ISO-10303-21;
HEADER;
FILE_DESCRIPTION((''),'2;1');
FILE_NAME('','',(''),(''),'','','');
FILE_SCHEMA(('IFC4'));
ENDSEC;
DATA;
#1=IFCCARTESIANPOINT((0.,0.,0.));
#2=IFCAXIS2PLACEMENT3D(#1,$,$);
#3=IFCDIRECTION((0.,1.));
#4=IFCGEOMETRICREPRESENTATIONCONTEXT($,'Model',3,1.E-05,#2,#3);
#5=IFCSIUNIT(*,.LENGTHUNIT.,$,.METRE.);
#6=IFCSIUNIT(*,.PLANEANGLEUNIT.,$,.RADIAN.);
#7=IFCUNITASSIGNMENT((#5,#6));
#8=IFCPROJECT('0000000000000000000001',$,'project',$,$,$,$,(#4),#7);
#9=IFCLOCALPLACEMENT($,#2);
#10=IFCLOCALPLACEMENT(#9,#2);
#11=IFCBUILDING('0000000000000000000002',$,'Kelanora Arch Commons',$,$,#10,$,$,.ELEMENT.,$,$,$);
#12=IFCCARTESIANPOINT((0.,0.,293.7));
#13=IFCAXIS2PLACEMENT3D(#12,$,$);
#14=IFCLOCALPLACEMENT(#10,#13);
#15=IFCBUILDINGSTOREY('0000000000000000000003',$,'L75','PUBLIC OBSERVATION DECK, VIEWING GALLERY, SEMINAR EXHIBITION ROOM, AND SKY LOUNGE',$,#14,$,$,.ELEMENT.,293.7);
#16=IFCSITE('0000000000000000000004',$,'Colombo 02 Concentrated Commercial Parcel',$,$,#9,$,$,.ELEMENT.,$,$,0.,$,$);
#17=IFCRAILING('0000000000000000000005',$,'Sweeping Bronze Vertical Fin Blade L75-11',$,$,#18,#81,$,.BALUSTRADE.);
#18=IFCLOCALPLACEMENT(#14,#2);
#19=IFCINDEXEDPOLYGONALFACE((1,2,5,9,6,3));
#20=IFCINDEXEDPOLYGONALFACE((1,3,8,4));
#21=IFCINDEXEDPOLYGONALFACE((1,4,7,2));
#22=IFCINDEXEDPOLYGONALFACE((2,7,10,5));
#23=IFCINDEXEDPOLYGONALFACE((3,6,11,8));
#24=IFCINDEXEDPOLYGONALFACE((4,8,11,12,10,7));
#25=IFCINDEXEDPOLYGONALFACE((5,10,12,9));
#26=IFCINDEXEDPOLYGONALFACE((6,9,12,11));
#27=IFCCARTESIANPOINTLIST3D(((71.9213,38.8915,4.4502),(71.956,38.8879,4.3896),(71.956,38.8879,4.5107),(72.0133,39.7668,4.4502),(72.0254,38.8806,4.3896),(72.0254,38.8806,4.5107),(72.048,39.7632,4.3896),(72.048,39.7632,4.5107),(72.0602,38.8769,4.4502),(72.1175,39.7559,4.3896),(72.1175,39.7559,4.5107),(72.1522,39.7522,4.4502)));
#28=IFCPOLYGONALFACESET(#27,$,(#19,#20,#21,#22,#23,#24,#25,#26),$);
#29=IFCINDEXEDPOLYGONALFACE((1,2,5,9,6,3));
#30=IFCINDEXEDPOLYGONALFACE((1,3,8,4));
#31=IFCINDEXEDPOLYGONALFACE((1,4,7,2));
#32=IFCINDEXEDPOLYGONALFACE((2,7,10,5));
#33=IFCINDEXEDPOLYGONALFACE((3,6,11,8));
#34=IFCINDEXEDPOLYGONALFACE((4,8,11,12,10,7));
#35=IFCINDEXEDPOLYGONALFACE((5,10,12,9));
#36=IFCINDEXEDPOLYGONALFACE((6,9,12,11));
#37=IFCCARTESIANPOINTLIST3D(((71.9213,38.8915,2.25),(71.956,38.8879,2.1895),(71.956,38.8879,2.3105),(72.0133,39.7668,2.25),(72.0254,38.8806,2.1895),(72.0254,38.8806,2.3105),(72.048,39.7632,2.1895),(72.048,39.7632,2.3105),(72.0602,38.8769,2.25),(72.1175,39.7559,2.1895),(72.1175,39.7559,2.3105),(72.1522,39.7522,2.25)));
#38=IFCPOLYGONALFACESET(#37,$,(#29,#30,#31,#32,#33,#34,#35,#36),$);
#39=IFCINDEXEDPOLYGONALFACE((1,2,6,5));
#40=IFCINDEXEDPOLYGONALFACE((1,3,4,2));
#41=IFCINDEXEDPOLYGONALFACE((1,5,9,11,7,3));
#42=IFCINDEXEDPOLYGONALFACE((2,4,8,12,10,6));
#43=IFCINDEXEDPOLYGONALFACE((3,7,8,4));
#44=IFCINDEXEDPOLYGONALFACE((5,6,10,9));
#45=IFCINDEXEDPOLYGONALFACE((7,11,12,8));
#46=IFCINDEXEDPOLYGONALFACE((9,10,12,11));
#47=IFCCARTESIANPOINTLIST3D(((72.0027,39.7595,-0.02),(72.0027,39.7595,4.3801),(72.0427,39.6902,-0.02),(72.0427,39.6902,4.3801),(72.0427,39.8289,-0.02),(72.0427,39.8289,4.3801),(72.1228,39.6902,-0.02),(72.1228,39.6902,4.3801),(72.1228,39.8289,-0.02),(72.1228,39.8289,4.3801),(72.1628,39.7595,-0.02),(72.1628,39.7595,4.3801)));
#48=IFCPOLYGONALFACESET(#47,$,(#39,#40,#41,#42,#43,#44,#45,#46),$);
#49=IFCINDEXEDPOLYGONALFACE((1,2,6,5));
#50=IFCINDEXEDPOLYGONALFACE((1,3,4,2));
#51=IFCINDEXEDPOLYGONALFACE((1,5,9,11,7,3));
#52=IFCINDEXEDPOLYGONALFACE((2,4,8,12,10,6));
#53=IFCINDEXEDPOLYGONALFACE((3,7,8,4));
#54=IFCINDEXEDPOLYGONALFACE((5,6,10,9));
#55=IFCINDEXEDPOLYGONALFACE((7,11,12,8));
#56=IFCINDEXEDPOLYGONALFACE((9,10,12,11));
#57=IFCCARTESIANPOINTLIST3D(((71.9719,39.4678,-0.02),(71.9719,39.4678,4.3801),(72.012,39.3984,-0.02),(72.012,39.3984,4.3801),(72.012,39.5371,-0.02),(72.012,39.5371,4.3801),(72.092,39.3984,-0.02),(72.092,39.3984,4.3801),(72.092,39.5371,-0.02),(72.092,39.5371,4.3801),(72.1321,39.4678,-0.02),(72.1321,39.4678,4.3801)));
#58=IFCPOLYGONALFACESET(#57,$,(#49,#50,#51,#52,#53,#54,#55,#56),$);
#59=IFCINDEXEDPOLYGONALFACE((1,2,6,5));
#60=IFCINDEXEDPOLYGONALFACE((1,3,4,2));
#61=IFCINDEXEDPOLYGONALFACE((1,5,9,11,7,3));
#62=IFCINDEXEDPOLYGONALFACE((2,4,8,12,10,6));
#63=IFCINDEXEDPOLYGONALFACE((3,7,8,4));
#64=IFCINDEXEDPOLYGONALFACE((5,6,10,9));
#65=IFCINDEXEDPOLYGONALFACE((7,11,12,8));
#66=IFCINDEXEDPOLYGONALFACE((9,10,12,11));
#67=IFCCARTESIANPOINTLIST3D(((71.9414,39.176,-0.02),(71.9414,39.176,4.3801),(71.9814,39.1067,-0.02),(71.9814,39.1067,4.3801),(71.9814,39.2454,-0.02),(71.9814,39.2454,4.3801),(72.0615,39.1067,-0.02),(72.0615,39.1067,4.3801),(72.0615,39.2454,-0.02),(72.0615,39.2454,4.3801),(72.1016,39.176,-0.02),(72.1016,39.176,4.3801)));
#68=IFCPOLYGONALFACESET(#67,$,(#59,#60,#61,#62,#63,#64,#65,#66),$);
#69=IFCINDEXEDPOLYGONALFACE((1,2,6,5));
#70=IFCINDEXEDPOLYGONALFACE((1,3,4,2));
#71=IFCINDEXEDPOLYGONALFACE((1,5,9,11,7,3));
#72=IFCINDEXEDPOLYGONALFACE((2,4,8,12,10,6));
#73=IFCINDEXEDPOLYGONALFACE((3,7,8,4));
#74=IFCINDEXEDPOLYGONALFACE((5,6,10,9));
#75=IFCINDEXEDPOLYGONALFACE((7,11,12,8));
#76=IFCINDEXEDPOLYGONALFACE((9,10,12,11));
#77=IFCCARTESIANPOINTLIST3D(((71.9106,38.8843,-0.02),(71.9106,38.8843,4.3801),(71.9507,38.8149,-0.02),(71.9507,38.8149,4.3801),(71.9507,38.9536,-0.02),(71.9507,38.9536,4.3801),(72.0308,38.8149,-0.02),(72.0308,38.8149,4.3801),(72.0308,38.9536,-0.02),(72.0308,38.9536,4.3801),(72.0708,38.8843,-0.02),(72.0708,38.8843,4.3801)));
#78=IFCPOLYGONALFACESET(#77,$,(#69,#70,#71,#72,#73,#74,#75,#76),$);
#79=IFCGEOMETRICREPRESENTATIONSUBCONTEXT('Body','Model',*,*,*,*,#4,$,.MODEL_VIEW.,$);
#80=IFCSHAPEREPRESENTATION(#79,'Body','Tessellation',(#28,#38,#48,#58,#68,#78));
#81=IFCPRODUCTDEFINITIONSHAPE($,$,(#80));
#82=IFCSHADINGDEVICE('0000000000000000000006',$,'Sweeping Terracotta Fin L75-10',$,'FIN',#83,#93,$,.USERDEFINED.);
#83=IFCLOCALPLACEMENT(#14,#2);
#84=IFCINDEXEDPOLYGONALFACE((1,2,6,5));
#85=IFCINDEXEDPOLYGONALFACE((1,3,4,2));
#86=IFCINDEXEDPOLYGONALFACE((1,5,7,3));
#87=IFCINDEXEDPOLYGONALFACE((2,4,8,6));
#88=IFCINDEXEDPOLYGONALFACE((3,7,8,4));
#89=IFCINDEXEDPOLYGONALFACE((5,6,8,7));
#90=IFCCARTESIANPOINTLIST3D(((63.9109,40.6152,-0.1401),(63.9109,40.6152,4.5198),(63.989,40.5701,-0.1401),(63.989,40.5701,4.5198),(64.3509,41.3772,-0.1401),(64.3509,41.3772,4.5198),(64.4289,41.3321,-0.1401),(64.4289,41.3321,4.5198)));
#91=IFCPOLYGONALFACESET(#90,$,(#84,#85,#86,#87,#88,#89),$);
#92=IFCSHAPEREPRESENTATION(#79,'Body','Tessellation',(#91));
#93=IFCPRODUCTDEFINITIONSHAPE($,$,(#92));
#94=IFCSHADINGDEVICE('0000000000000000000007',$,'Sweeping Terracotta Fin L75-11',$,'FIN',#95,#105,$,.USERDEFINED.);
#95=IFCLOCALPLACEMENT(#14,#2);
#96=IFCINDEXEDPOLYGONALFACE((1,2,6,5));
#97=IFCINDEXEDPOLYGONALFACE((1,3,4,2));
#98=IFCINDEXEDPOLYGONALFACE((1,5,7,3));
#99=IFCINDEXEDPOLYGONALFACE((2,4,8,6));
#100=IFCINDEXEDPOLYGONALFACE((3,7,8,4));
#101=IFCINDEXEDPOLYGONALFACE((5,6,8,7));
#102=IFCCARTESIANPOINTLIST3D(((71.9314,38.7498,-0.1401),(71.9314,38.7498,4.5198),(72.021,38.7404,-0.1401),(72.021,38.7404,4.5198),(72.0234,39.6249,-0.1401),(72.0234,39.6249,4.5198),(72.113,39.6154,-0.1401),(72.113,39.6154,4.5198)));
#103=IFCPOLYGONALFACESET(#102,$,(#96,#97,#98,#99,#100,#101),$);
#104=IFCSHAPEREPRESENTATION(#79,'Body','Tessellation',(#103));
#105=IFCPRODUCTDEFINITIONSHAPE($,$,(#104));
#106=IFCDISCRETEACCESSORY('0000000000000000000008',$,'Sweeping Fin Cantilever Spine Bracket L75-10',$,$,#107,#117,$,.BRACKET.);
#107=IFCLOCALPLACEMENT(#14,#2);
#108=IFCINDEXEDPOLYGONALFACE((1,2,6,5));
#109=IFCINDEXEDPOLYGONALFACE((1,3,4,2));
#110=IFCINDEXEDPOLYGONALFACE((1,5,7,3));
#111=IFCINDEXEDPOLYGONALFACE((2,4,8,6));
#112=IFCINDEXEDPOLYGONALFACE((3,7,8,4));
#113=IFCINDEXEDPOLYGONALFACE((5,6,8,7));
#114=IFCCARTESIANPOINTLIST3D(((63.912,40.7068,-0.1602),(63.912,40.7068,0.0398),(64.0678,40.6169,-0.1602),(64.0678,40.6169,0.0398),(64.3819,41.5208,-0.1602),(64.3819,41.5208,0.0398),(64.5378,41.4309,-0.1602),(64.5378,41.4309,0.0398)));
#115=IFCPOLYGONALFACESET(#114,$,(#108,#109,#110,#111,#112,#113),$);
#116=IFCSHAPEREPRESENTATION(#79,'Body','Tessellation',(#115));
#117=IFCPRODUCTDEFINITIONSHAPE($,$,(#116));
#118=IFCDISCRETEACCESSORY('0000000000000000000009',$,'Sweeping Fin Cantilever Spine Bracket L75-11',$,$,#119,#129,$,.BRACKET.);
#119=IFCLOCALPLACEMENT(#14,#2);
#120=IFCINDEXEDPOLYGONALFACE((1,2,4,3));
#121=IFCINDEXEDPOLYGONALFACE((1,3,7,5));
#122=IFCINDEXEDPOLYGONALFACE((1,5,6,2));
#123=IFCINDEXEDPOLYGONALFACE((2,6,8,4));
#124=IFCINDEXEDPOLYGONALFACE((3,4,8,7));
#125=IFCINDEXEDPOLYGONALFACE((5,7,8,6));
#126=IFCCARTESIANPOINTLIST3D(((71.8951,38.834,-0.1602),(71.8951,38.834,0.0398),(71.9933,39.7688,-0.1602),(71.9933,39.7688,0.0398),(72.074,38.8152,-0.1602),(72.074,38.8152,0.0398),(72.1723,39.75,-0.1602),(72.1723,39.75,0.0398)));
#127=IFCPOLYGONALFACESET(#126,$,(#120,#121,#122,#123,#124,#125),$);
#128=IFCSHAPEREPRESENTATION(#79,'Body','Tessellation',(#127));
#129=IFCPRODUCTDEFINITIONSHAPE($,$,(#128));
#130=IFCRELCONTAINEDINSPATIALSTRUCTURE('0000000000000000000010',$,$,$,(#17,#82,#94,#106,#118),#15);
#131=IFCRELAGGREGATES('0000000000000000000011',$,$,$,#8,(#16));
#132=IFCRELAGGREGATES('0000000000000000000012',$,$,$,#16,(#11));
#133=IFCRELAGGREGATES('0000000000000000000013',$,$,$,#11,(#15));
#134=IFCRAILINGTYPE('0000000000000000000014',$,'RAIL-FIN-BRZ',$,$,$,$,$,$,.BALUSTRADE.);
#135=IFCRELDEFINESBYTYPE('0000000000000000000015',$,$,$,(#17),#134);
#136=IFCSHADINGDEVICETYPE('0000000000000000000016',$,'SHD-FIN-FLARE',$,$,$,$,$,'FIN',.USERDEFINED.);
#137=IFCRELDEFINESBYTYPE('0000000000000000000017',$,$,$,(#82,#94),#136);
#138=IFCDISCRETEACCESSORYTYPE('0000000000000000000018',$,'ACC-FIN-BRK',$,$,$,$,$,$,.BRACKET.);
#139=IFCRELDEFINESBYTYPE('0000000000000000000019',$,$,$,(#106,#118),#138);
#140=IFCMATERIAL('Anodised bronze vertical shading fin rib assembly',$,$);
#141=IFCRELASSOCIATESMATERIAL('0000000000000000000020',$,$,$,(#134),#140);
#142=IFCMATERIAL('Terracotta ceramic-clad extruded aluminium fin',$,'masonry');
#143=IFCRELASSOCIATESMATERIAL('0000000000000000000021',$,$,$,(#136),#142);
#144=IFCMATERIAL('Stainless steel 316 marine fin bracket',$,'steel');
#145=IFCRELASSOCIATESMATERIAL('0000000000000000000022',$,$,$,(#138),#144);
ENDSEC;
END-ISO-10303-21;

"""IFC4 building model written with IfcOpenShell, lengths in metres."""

from ifc_helpers import new_model, si_unit, direction, frame, origin, origin_2d, place, context, subcontext, project, spatial, polyline, rectangle, outline, extrude, source, transform, mapped, material, type_object, element, save


model = new_model("IFC4")

# Units and contexts
model_context = context("Model", 3, precision=1e-05, world=origin(), true_north=direction((0.0, 1.0)))
body_context = subcontext(model_context, "Body", "Model", "MODEL_VIEW")
ifc_project = project(units=[si_unit("LENGTHUNIT", "METRE"), si_unit("PLANEANGLEUNIT", "RADIAN")], contexts=[model_context])

# Site, building, storey
site_placement = place(None, origin())
site = spatial("IfcSite", under=ifc_project, at=site_placement, Name="Colombo 02 Concentrated Commercial Parcel", CompositionType="ELEMENT", RefElevation=0.0)
building_placement = place(site_placement, origin())
building = spatial("IfcBuilding", under=site, at=building_placement, Name="Kelanora Arch Commons", CompositionType="ELEMENT")
storey_placement = place(building_placement, frame((0.0, 0.0, 293.7)))
storey = spatial("IfcBuildingStorey", under=building, at=storey_placement, Name="L75", Description="PUBLIC OBSERVATION DECK, VIEWING GALLERY, SEMINAR EXHIBITION ROOM, AND SKY LOUNGE", CompositionType="ELEMENT", Elevation=293.7)

# Railing
ifc_material_1 = material(Name="Anodised bronze vertical shading fin rib assembly")
railing_type = type_object("IfcRailingType", Name="RAIL-FIN-BRZ", PredefinedType="BALUSTRADE", material=ifc_material_1)
railing_1_placement = place(storey_placement, frame((72.0828, 39.7595, -0.02)))
element("IfcRailing", 1, at=railing_1_placement, inside=storey, type_object=railing_type, Name="Sweeping Bronze Vertical Fin Blade L75-11", PredefinedType="BALUSTRADE", context=body_context, shape_type="SweptSolid", body=[
    extrude(outline(polyline([(0.0698, 0.0), (0.0349, 0.0605), (-0.0349, 0.0605), (-0.0698, 0.0), (-0.0349, -0.0605), (0.0349, -0.0605), (0.0698, 0.0)])), frame((0.0, 0.0, 4.4702), z_axis=(-0.104584, -0.994516, 0.0), x_axis=(0.994516, -0.104584, 0.0)), (0.0, 0.0, 1.0), 0.8801),
    extrude(outline(polyline([(0.0698, 0.0), (0.0349, 0.0605), (-0.0349, 0.0605), (-0.0698, 0.0), (-0.0349, -0.0605), (0.0349, -0.0605), (0.0698, 0.0)])), frame((0.0, 0.0, 2.27), z_axis=(-0.104584, -0.994516, 0.0), x_axis=(0.994516, -0.104584, 0.0)), (0.0, 0.0, 1.0), 0.8801),
    extrude(outline(polyline([(0.0801, 0.0), (0.04, 0.0693), (-0.04, 0.0693), (-0.0801, 0.0), (-0.04, -0.0693), (0.04, -0.0693), (0.0801, 0.0)])), origin(), (0.0, 0.0, 1.0), 4.4001),
    extrude(outline(polyline([(0.0801, 0.0), (0.04, 0.0693), (-0.04, 0.0693), (-0.0801, 0.0), (-0.04, -0.0693), (0.04, -0.0693), (0.0801, 0.0)])), frame((-0.0308, -0.2917, 0.0)), (0.0, 0.0, 1.0), 4.4001),
    extrude(outline(polyline([(0.0801, 0.0), (0.04, 0.0693), (-0.04, 0.0693), (-0.0801, 0.0), (-0.04, -0.0693), (0.04, -0.0693), (0.0801, 0.0)])), frame((-0.0613, -0.5835, 0.0)), (0.0, 0.0, 1.0), 4.4001),
    extrude(outline(polyline([(0.0801, 0.0), (0.04, 0.0693), (-0.04, 0.0693), (-0.0801, 0.0), (-0.04, -0.0693), (0.04, -0.0693), (0.0801, 0.0)])), frame((-0.092, -0.8752, 0.0)), (0.0, 0.0, 1.0), 4.4001),
])

# Shading devices
ifc_material_2 = material(Name="Terracotta ceramic-clad extruded aluminium fin", Category="masonry")
shading_device_type = type_object("IfcShadingDeviceType", Name="SHD-FIN-FLARE", ElementType="FIN", PredefinedType="USERDEFINED", material=ifc_material_2)
shared_shape_1 = source(origin(), body_context, "Body", "SweptSolid", [
    extrude(rectangle(XDim=0.8799, YDim=0.0901, at=origin_2d()), origin(), (0.0, 0.0, 1.0), 4.6599),
])
for number, where, z_axis, x_axis, name in (
    (2, (64.1699, 40.9736, -0.1401), (0.0, 0.0, 1.0), (-0.5, -0.866025, 0.0), "Sweeping Terracotta Fin L75-10"),
    (3, (72.0222, 39.1826, -0.1401), (0.0, 0.0, 1.0), (-0.104528, -0.994522, 0.0), "Sweeping Terracotta Fin L75-11"),
):
    element("IfcShadingDevice", number, at=place(storey_placement, frame(where, z_axis=z_axis, x_axis=x_axis)), inside=storey, type_object=shading_device_type, Name=name, ObjectType="FIN", PredefinedType="USERDEFINED", context=body_context, shape_type="MappedRepresentation", body=[
        mapped(shared_shape_1, transform((0.0, 0.0, 0.0), scale=1.0)),
    ])

# Discrete accessories
ifc_material_3 = material(Name="Stainless steel 316 marine fin bracket", Category="steel")
discrete_accessory_type = type_object("IfcDiscreteAccessoryType", Name="ACC-FIN-BRK", PredefinedType="BRACKET", material=ifc_material_3)
shared_shape_2 = source(origin(), body_context, "Body", "SweptSolid", [
    extrude(rectangle(XDim=0.9399, YDim=0.1799, at=origin_2d()), origin(), (0.0, 0.0, 1.0), 0.2),
])
for number, where, z_axis, x_axis, name in (
    (4, (64.2249, 41.0688, -0.1602), (0.0, 0.0, 1.0), (-0.5, -0.866025, 0.0), "Sweeping Fin Cantilever Spine Bracket L75-10"),
    (5, (72.0337, 39.292, -0.1602), (0.0, 0.0, 1.0), (-0.104528, -0.994522, 0.0), "Sweeping Fin Cantilever Spine Bracket L75-11"),
):
    element("IfcDiscreteAccessory", number, at=place(storey_placement, frame(where, z_axis=z_axis, x_axis=x_axis)), inside=storey, type_object=discrete_accessory_type, Name=name, PredefinedType="BRACKET", context=body_context, shape_type="MappedRepresentation", body=[
        mapped(shared_shape_2, transform((0.0, 0.0, 0.0), scale=1.0)),
    ])

save(model, "model.ifc")
